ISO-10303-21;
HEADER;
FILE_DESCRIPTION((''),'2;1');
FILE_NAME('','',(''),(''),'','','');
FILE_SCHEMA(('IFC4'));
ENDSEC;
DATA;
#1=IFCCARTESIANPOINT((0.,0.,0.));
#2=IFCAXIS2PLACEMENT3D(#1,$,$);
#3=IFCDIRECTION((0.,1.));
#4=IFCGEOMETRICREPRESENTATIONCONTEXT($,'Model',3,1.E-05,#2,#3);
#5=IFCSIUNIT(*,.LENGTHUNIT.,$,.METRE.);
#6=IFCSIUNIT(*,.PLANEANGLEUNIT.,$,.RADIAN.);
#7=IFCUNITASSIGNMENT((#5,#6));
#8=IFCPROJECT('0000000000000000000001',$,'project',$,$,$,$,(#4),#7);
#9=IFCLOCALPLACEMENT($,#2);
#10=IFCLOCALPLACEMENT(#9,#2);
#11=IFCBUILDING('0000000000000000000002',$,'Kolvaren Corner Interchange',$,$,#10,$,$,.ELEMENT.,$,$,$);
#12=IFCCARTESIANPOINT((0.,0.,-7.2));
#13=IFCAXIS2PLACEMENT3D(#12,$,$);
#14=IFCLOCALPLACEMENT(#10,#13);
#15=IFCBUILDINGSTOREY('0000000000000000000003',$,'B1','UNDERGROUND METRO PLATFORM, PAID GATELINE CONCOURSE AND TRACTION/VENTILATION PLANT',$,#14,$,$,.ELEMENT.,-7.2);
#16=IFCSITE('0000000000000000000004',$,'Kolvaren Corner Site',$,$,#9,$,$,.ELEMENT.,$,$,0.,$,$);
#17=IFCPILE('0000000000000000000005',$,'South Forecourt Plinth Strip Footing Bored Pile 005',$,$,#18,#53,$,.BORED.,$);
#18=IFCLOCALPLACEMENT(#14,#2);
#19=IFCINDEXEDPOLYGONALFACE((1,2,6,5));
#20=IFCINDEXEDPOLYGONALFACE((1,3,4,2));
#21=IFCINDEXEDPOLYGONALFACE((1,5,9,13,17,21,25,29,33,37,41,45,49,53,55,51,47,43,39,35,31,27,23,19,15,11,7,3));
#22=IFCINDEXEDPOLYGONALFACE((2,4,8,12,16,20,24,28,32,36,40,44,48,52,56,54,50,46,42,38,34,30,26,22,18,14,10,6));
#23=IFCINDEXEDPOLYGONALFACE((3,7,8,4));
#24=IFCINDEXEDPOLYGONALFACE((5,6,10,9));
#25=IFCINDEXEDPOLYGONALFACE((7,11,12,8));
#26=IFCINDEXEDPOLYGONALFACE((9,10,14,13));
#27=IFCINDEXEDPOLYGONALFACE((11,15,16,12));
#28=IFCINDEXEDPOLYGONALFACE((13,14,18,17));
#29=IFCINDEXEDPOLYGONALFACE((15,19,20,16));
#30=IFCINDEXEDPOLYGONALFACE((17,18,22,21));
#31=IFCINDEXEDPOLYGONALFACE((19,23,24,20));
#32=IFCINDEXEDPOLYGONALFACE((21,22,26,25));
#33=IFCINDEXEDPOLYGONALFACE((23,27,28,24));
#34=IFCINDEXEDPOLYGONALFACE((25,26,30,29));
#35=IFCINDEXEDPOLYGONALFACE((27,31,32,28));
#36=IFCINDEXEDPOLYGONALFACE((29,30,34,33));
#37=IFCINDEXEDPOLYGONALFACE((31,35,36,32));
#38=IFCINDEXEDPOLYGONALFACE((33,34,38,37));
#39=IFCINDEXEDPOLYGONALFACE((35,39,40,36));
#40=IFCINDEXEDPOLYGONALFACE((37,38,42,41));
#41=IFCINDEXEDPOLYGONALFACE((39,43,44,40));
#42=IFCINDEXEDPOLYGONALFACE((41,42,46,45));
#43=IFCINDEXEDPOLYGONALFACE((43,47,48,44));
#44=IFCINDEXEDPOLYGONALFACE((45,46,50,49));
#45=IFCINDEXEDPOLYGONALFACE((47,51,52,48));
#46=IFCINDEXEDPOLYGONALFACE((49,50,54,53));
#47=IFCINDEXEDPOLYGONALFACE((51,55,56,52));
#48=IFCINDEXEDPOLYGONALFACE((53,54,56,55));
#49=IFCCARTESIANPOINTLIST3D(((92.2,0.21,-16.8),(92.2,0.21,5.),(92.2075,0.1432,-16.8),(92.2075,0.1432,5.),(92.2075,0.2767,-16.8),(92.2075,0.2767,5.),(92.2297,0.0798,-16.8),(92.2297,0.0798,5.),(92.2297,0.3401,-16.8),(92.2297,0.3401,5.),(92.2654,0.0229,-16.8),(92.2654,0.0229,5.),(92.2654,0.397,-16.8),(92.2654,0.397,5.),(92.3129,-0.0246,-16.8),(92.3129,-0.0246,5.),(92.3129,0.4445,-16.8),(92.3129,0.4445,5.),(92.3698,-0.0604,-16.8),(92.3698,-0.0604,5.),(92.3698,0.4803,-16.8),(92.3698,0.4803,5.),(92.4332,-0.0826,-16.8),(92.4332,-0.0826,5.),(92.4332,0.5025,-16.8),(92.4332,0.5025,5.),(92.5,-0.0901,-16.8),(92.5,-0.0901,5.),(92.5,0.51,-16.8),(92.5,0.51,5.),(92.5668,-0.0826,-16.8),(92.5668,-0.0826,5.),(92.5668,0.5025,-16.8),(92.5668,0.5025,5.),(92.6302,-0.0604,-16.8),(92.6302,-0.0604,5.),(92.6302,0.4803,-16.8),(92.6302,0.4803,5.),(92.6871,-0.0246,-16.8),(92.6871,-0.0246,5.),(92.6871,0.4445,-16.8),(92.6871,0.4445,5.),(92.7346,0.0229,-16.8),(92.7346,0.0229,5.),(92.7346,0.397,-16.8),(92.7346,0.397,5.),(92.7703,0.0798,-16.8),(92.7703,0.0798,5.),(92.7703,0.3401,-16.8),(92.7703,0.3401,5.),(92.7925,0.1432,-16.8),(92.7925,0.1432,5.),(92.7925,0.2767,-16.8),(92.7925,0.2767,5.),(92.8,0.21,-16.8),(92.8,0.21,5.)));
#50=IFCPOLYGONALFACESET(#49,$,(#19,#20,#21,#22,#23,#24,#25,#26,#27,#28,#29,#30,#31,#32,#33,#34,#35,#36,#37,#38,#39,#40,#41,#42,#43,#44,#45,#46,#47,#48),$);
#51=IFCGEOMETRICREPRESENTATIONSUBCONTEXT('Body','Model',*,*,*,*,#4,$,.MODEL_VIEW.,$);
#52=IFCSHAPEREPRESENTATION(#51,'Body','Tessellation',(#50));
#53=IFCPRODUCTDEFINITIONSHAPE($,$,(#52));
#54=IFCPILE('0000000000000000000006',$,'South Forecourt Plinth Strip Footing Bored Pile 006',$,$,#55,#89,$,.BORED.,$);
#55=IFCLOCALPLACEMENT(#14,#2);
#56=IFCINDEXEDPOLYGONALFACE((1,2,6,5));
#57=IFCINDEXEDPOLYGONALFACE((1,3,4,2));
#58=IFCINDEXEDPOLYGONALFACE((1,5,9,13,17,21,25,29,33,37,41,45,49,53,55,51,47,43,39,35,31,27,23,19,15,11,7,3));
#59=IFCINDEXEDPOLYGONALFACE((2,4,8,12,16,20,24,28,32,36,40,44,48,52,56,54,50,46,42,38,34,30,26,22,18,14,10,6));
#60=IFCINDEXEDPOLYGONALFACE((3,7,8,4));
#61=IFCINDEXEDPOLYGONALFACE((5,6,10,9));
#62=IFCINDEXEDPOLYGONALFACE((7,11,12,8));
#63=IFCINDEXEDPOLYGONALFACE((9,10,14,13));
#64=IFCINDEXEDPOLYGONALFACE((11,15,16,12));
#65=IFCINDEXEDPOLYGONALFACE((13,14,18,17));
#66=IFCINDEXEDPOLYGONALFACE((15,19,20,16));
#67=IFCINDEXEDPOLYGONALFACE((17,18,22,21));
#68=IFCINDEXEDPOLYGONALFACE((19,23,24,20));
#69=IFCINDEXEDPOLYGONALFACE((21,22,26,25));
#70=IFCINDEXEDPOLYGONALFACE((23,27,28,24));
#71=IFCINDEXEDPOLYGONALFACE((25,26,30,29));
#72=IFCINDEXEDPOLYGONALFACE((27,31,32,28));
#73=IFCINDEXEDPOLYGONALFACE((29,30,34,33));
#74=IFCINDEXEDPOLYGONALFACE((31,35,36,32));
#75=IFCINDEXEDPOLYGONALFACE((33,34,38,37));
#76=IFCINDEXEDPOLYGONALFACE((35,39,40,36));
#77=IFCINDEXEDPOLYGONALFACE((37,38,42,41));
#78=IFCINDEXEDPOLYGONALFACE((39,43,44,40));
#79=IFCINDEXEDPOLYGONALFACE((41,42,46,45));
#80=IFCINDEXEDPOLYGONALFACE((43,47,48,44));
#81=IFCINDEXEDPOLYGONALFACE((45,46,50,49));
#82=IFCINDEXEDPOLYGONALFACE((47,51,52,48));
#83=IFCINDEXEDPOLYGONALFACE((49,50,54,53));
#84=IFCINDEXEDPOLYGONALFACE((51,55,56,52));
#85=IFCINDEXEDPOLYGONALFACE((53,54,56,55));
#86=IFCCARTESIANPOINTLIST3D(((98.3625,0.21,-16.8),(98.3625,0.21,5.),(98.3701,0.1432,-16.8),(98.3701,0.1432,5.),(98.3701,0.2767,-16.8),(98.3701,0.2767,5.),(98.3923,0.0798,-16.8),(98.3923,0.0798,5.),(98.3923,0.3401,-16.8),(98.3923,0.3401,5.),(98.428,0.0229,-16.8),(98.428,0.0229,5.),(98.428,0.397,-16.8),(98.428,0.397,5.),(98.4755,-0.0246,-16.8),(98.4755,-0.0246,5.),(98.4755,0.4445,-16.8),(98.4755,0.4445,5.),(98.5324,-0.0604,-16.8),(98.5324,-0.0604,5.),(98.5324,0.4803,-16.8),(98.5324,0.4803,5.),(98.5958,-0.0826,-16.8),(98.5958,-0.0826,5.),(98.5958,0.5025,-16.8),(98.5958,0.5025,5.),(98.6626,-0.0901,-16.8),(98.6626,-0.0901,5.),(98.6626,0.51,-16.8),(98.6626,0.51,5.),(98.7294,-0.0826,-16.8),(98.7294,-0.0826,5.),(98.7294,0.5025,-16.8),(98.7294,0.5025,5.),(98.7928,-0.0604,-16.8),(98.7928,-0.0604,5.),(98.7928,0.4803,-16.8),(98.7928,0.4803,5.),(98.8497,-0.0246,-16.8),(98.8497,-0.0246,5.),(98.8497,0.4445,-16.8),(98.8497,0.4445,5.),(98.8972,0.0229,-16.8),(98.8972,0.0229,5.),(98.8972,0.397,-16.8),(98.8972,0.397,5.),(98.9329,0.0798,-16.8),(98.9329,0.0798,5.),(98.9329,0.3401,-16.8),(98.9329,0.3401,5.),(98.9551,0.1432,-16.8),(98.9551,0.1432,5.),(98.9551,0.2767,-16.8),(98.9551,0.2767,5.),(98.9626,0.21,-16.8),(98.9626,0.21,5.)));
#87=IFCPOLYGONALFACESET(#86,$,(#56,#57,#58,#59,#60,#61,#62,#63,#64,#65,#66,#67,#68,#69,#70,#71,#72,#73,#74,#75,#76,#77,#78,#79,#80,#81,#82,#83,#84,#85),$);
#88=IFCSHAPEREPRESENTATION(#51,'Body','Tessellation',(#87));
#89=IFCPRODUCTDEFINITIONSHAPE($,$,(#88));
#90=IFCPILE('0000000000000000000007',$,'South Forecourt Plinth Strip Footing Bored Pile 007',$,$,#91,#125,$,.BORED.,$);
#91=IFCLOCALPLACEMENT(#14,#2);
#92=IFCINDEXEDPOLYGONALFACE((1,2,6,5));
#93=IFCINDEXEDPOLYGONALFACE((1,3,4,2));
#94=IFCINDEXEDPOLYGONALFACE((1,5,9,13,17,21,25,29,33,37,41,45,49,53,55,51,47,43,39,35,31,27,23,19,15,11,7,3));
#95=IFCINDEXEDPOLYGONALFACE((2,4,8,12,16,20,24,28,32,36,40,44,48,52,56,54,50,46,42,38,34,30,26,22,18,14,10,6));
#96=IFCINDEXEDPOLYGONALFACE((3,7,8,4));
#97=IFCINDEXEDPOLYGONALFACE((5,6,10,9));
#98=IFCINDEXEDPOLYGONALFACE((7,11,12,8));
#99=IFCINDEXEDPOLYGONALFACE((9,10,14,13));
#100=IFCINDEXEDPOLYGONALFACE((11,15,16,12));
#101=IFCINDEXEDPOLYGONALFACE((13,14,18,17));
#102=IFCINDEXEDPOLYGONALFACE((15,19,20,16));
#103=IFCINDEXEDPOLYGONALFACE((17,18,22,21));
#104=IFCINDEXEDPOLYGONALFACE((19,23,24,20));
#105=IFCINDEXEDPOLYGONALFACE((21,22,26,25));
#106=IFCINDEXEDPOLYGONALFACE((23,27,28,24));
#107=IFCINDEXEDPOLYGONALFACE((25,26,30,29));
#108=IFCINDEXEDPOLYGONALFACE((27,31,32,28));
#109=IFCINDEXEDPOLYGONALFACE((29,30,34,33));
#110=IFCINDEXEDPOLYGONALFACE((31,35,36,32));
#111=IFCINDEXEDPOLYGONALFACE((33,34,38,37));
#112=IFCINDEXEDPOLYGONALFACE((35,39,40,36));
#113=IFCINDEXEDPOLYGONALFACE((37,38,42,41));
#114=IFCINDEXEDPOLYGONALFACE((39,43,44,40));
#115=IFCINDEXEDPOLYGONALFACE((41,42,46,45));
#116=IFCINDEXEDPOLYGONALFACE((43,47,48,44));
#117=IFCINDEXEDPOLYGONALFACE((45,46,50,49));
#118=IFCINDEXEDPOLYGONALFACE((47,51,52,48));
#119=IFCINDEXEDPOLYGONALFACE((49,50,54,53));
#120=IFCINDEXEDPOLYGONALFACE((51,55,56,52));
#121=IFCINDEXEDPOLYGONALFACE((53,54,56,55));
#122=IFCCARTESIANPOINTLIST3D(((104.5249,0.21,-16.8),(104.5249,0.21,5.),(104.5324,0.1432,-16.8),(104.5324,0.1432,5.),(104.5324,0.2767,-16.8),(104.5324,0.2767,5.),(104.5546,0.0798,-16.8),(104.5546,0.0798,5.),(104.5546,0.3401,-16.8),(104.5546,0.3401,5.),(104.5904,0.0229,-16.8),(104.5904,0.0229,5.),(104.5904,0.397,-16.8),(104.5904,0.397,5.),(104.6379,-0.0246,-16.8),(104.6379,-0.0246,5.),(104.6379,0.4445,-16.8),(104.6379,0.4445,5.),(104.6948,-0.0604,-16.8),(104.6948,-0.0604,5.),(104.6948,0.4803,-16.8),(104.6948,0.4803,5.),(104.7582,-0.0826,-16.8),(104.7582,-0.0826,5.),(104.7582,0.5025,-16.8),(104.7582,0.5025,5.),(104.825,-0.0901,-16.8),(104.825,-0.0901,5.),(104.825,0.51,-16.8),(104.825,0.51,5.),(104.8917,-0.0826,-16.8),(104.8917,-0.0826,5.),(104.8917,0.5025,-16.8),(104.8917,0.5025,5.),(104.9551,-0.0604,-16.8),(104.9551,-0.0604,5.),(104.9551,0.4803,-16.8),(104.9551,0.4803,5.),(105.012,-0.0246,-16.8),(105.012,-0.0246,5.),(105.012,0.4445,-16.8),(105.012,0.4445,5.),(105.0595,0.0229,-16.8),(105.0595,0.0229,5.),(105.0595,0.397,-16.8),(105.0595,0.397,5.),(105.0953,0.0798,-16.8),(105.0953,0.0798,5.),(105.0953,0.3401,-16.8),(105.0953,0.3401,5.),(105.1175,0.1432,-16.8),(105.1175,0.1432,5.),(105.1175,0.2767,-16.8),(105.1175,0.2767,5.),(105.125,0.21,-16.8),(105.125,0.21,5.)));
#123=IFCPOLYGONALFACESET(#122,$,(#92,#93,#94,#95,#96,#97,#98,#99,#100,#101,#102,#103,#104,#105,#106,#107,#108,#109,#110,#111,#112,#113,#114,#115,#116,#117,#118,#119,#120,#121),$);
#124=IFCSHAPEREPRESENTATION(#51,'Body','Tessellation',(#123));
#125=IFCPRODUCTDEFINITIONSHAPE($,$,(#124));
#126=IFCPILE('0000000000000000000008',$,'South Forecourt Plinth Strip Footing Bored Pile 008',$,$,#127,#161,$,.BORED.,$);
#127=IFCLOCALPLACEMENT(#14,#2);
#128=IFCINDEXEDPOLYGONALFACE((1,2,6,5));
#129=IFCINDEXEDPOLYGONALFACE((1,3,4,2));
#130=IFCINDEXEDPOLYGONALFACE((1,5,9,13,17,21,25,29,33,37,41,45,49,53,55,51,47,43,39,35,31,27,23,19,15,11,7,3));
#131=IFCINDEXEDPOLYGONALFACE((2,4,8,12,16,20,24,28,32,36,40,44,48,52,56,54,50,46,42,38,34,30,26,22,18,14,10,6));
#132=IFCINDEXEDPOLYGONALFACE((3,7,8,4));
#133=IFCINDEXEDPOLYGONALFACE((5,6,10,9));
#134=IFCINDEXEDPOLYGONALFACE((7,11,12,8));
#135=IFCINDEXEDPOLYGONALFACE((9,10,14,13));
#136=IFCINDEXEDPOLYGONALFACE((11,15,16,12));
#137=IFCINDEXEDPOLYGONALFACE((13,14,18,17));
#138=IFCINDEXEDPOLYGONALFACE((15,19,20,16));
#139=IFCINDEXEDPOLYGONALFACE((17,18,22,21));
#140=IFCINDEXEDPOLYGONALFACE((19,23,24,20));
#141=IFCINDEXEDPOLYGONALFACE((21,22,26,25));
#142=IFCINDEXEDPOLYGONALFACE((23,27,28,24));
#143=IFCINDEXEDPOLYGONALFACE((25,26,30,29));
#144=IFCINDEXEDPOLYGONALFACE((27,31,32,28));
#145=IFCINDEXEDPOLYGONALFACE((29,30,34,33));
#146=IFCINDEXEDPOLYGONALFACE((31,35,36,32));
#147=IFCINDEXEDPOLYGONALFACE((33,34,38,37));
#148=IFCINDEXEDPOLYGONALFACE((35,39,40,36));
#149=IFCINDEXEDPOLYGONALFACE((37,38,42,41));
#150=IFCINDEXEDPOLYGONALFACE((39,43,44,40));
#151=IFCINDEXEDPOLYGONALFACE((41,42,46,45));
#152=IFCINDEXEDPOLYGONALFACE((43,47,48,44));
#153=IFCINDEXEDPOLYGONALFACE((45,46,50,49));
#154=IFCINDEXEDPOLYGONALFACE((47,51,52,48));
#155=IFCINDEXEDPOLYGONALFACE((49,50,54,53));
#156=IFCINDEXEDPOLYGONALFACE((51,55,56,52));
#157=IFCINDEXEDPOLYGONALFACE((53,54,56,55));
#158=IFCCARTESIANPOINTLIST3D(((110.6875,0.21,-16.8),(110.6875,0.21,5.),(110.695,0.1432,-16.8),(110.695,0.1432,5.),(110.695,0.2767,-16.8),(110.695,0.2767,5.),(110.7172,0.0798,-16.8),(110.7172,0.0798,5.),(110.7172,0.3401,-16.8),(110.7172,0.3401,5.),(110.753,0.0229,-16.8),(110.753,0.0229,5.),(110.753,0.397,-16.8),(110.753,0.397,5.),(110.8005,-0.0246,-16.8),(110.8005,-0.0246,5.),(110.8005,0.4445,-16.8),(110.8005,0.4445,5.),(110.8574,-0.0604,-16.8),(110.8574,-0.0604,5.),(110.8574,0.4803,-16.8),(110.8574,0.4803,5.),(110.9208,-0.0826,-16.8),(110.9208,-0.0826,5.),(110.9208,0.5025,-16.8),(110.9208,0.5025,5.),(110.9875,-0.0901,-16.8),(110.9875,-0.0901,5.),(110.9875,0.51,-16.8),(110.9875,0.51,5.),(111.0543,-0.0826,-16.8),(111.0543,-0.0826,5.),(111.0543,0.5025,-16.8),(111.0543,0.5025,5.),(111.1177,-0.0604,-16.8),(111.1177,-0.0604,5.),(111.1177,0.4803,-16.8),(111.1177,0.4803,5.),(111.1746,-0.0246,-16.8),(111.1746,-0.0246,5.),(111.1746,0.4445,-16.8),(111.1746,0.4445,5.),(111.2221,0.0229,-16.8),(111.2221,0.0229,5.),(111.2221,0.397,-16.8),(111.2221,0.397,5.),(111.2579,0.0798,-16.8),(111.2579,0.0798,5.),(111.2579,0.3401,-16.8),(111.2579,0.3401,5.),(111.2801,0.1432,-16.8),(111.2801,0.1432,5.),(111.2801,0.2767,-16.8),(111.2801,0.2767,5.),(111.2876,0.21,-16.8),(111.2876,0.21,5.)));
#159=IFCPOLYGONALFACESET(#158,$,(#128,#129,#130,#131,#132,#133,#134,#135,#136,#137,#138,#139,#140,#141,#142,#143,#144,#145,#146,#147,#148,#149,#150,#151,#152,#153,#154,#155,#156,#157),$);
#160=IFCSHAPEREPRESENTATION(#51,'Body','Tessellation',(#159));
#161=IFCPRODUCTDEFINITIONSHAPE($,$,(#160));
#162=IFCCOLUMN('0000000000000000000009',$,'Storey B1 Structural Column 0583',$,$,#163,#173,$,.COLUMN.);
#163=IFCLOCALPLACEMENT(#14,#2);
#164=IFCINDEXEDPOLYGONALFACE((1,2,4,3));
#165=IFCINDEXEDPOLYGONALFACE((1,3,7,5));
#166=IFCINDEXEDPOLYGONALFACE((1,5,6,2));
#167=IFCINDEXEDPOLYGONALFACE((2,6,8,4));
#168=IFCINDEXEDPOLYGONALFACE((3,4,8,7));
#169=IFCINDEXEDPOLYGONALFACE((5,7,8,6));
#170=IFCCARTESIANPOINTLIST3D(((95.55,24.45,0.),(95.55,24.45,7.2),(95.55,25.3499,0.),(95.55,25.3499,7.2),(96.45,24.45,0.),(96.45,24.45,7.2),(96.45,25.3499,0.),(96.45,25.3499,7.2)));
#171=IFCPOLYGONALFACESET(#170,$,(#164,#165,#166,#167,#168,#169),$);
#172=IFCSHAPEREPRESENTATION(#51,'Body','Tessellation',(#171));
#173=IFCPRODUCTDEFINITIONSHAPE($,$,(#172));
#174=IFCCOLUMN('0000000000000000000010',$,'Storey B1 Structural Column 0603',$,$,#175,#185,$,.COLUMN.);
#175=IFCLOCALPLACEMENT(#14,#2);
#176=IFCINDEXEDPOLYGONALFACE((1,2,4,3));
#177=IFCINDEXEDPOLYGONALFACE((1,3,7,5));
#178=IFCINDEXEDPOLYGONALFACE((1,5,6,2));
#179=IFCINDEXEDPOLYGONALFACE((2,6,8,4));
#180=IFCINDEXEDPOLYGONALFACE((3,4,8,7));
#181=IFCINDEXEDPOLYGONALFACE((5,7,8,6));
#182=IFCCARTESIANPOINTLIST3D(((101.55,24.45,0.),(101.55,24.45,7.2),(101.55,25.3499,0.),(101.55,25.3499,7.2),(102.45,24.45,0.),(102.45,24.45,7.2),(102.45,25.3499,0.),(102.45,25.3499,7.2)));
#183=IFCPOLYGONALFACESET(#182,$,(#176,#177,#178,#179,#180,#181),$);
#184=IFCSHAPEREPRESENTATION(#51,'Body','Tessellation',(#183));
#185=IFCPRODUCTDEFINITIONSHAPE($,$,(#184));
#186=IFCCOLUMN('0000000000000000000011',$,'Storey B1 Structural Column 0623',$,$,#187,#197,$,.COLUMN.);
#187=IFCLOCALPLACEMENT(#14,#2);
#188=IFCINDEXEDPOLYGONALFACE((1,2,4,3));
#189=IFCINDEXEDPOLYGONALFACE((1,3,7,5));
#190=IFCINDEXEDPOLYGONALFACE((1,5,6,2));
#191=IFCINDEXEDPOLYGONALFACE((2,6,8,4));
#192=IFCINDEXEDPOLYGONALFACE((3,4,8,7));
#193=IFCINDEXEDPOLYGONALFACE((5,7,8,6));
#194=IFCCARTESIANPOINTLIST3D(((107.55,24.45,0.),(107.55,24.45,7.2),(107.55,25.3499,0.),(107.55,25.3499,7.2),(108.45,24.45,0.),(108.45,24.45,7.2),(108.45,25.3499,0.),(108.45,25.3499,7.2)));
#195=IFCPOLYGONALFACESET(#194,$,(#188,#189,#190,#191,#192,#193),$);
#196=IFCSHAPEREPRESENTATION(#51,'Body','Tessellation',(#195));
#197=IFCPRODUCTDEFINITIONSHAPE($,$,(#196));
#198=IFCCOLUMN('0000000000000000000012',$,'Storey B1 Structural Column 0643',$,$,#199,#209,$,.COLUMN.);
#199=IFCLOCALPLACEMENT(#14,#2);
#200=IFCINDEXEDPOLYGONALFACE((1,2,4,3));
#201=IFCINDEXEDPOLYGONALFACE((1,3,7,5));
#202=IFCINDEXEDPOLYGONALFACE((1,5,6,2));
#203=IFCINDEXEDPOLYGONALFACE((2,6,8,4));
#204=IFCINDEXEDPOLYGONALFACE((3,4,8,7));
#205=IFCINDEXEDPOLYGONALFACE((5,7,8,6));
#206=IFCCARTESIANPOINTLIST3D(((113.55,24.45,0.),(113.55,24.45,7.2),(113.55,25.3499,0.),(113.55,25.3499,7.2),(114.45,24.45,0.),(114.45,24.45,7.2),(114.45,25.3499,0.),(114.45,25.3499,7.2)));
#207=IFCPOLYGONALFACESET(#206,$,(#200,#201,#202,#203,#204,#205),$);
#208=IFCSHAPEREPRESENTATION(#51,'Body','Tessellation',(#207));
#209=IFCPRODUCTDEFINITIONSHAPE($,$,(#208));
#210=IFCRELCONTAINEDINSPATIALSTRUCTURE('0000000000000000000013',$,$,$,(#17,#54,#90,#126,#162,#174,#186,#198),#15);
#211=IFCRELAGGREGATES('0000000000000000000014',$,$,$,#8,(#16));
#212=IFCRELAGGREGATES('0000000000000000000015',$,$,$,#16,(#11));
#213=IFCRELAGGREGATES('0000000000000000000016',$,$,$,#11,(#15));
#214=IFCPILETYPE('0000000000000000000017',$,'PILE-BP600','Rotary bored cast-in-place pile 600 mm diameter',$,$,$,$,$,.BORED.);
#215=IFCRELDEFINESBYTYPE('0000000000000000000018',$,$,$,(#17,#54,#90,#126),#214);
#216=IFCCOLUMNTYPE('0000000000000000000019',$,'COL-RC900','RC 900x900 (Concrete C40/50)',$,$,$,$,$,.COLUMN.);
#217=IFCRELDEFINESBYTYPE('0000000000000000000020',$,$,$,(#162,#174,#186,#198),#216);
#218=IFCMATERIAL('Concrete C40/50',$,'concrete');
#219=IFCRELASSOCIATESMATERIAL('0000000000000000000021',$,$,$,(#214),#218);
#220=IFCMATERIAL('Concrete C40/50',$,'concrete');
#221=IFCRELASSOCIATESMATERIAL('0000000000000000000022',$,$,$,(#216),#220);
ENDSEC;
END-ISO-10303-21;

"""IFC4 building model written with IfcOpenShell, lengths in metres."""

from ifc_helpers import new_model, si_unit, direction, frame, origin, origin_2d, place, context, subcontext, project, spatial, rectangle, circle, extrude, material, material_profile, profile_set, type_object, element, save


model = new_model("IFC4")

# Units and contexts
model_context = context("Model", 3, precision=1e-05, world=origin(), true_north=direction((0.0, 1.0)))
body_context = subcontext(model_context, "Body", "Model", "MODEL_VIEW")
ifc_project = project(units=[si_unit("LENGTHUNIT", "METRE"), si_unit("PLANEANGLEUNIT", "RADIAN")], contexts=[model_context])

# Site, building, storey
site_placement = place(None, origin())
site = spatial("IfcSite", under=ifc_project, at=site_placement, Name="Kolvaren Corner Site", CompositionType="ELEMENT", RefElevation=0.0)
building_placement = place(site_placement, origin())
building = spatial("IfcBuilding", under=site, at=building_placement, Name="Kolvaren Corner Interchange", CompositionType="ELEMENT")
storey_placement = place(building_placement, frame((0.0, 0.0, -7.2)))
storey = spatial("IfcBuildingStorey", under=building, at=storey_placement, Name="B1", Description="UNDERGROUND METRO PLATFORM, PAID GATELINE CONCOURSE AND TRACTION/VENTILATION PLANT", CompositionType="ELEMENT", Elevation=-7.2)

# Piles
ifc_material_1 = material(Name="Concrete C40/50", Category="concrete")
ifc_material_profile_1 = material_profile(ifc_material_1, circle(Radius=0.3, at=origin_2d()), Name="BORED PILE 600")
ifc_profile_set_1 = profile_set([ifc_material_profile_1], Name="Concrete C40/50")
pile_type_1 = type_object("IfcPileType", Name="PILE-BP600", Description="Rotary bored cast-in-place pile 600 mm diameter", PredefinedType="BORED", material=ifc_profile_set_1)
for number, where, z_axis, x_axis, name in (
    (1, (92.5, 0.21, 5.0), (0.0, 0.0, -1.0), (1.0, 0.0, 0.0), "South Forecourt Plinth Strip Footing Bored Pile 005"),
    (2, (98.6626, 0.21, 5.0), (0.0, 0.0, -1.0), (1.0, 0.0, 0.0), "South Forecourt Plinth Strip Footing Bored Pile 006"),
    (3, (104.825, 0.21, 5.0), (0.0, 0.0, -1.0), (1.0, 0.0, 0.0), "South Forecourt Plinth Strip Footing Bored Pile 007"),
    (4, (110.9875, 0.21, 5.0), (0.0, 0.0, -1.0), (1.0, 0.0, 0.0), "South Forecourt Plinth Strip Footing Bored Pile 008"),
):
    element("IfcPile", number, at=place(storey_placement, frame(where, z_axis=z_axis, x_axis=x_axis)), inside=storey, type_object=pile_type_1, Name=name, PredefinedType="BORED", context=body_context, shape_type="SweptSolid", body=[
        extrude(circle(Radius=0.3, at=origin_2d()), origin(), (0.0, 0.0, 1.0), 21.8),
    ])

# Columns
ifc_material_2 = material(Name="Concrete C40/50", Category="concrete")
ifc_material_profile_2 = material_profile(ifc_material_2, rectangle(XDim=0.8999, YDim=0.8999, at=origin_2d()), Name="RC 900x900")
ifc_profile_set_2 = profile_set([ifc_material_profile_2], Name="Concrete C40/50")
column_type = type_object("IfcColumnType", Name="COL-RC900", Description="RC 900x900 (Concrete C40/50)", PredefinedType="COLUMN", material=ifc_profile_set_2)
for number, where, z_axis, x_axis, name in (
    (5, (96.0, 24.8999, 0.0), (0.0, 0.0, 1.0), (1.0, 0.0, 0.0), "Storey B1 Structural Column 0583"),
    (6, (102.0, 24.8999, 0.0), (0.0, 0.0, 1.0), (1.0, 0.0, 0.0), "Storey B1 Structural Column 0603"),
    (7, (108.0, 24.8999, 0.0), (0.0, 0.0, 1.0), (1.0, 0.0, 0.0), "Storey B1 Structural Column 0623"),
    (8, (114.0, 24.8999, 0.0), (0.0, 0.0, 1.0), (1.0, 0.0, 0.0), "Storey B1 Structural Column 0643"),
):
    element("IfcColumn", number, at=place(storey_placement, frame(where, z_axis=z_axis, x_axis=x_axis)), inside=storey, type_object=column_type, Name=name, PredefinedType="COLUMN", context=body_context, shape_type="SweptSolid", body=[
        extrude(rectangle(XDim=0.8999, YDim=0.8999, at=origin_2d()), origin(), (0.0, 0.0, 1.0), 7.2),
    ])

save(model, "model.ifc")
